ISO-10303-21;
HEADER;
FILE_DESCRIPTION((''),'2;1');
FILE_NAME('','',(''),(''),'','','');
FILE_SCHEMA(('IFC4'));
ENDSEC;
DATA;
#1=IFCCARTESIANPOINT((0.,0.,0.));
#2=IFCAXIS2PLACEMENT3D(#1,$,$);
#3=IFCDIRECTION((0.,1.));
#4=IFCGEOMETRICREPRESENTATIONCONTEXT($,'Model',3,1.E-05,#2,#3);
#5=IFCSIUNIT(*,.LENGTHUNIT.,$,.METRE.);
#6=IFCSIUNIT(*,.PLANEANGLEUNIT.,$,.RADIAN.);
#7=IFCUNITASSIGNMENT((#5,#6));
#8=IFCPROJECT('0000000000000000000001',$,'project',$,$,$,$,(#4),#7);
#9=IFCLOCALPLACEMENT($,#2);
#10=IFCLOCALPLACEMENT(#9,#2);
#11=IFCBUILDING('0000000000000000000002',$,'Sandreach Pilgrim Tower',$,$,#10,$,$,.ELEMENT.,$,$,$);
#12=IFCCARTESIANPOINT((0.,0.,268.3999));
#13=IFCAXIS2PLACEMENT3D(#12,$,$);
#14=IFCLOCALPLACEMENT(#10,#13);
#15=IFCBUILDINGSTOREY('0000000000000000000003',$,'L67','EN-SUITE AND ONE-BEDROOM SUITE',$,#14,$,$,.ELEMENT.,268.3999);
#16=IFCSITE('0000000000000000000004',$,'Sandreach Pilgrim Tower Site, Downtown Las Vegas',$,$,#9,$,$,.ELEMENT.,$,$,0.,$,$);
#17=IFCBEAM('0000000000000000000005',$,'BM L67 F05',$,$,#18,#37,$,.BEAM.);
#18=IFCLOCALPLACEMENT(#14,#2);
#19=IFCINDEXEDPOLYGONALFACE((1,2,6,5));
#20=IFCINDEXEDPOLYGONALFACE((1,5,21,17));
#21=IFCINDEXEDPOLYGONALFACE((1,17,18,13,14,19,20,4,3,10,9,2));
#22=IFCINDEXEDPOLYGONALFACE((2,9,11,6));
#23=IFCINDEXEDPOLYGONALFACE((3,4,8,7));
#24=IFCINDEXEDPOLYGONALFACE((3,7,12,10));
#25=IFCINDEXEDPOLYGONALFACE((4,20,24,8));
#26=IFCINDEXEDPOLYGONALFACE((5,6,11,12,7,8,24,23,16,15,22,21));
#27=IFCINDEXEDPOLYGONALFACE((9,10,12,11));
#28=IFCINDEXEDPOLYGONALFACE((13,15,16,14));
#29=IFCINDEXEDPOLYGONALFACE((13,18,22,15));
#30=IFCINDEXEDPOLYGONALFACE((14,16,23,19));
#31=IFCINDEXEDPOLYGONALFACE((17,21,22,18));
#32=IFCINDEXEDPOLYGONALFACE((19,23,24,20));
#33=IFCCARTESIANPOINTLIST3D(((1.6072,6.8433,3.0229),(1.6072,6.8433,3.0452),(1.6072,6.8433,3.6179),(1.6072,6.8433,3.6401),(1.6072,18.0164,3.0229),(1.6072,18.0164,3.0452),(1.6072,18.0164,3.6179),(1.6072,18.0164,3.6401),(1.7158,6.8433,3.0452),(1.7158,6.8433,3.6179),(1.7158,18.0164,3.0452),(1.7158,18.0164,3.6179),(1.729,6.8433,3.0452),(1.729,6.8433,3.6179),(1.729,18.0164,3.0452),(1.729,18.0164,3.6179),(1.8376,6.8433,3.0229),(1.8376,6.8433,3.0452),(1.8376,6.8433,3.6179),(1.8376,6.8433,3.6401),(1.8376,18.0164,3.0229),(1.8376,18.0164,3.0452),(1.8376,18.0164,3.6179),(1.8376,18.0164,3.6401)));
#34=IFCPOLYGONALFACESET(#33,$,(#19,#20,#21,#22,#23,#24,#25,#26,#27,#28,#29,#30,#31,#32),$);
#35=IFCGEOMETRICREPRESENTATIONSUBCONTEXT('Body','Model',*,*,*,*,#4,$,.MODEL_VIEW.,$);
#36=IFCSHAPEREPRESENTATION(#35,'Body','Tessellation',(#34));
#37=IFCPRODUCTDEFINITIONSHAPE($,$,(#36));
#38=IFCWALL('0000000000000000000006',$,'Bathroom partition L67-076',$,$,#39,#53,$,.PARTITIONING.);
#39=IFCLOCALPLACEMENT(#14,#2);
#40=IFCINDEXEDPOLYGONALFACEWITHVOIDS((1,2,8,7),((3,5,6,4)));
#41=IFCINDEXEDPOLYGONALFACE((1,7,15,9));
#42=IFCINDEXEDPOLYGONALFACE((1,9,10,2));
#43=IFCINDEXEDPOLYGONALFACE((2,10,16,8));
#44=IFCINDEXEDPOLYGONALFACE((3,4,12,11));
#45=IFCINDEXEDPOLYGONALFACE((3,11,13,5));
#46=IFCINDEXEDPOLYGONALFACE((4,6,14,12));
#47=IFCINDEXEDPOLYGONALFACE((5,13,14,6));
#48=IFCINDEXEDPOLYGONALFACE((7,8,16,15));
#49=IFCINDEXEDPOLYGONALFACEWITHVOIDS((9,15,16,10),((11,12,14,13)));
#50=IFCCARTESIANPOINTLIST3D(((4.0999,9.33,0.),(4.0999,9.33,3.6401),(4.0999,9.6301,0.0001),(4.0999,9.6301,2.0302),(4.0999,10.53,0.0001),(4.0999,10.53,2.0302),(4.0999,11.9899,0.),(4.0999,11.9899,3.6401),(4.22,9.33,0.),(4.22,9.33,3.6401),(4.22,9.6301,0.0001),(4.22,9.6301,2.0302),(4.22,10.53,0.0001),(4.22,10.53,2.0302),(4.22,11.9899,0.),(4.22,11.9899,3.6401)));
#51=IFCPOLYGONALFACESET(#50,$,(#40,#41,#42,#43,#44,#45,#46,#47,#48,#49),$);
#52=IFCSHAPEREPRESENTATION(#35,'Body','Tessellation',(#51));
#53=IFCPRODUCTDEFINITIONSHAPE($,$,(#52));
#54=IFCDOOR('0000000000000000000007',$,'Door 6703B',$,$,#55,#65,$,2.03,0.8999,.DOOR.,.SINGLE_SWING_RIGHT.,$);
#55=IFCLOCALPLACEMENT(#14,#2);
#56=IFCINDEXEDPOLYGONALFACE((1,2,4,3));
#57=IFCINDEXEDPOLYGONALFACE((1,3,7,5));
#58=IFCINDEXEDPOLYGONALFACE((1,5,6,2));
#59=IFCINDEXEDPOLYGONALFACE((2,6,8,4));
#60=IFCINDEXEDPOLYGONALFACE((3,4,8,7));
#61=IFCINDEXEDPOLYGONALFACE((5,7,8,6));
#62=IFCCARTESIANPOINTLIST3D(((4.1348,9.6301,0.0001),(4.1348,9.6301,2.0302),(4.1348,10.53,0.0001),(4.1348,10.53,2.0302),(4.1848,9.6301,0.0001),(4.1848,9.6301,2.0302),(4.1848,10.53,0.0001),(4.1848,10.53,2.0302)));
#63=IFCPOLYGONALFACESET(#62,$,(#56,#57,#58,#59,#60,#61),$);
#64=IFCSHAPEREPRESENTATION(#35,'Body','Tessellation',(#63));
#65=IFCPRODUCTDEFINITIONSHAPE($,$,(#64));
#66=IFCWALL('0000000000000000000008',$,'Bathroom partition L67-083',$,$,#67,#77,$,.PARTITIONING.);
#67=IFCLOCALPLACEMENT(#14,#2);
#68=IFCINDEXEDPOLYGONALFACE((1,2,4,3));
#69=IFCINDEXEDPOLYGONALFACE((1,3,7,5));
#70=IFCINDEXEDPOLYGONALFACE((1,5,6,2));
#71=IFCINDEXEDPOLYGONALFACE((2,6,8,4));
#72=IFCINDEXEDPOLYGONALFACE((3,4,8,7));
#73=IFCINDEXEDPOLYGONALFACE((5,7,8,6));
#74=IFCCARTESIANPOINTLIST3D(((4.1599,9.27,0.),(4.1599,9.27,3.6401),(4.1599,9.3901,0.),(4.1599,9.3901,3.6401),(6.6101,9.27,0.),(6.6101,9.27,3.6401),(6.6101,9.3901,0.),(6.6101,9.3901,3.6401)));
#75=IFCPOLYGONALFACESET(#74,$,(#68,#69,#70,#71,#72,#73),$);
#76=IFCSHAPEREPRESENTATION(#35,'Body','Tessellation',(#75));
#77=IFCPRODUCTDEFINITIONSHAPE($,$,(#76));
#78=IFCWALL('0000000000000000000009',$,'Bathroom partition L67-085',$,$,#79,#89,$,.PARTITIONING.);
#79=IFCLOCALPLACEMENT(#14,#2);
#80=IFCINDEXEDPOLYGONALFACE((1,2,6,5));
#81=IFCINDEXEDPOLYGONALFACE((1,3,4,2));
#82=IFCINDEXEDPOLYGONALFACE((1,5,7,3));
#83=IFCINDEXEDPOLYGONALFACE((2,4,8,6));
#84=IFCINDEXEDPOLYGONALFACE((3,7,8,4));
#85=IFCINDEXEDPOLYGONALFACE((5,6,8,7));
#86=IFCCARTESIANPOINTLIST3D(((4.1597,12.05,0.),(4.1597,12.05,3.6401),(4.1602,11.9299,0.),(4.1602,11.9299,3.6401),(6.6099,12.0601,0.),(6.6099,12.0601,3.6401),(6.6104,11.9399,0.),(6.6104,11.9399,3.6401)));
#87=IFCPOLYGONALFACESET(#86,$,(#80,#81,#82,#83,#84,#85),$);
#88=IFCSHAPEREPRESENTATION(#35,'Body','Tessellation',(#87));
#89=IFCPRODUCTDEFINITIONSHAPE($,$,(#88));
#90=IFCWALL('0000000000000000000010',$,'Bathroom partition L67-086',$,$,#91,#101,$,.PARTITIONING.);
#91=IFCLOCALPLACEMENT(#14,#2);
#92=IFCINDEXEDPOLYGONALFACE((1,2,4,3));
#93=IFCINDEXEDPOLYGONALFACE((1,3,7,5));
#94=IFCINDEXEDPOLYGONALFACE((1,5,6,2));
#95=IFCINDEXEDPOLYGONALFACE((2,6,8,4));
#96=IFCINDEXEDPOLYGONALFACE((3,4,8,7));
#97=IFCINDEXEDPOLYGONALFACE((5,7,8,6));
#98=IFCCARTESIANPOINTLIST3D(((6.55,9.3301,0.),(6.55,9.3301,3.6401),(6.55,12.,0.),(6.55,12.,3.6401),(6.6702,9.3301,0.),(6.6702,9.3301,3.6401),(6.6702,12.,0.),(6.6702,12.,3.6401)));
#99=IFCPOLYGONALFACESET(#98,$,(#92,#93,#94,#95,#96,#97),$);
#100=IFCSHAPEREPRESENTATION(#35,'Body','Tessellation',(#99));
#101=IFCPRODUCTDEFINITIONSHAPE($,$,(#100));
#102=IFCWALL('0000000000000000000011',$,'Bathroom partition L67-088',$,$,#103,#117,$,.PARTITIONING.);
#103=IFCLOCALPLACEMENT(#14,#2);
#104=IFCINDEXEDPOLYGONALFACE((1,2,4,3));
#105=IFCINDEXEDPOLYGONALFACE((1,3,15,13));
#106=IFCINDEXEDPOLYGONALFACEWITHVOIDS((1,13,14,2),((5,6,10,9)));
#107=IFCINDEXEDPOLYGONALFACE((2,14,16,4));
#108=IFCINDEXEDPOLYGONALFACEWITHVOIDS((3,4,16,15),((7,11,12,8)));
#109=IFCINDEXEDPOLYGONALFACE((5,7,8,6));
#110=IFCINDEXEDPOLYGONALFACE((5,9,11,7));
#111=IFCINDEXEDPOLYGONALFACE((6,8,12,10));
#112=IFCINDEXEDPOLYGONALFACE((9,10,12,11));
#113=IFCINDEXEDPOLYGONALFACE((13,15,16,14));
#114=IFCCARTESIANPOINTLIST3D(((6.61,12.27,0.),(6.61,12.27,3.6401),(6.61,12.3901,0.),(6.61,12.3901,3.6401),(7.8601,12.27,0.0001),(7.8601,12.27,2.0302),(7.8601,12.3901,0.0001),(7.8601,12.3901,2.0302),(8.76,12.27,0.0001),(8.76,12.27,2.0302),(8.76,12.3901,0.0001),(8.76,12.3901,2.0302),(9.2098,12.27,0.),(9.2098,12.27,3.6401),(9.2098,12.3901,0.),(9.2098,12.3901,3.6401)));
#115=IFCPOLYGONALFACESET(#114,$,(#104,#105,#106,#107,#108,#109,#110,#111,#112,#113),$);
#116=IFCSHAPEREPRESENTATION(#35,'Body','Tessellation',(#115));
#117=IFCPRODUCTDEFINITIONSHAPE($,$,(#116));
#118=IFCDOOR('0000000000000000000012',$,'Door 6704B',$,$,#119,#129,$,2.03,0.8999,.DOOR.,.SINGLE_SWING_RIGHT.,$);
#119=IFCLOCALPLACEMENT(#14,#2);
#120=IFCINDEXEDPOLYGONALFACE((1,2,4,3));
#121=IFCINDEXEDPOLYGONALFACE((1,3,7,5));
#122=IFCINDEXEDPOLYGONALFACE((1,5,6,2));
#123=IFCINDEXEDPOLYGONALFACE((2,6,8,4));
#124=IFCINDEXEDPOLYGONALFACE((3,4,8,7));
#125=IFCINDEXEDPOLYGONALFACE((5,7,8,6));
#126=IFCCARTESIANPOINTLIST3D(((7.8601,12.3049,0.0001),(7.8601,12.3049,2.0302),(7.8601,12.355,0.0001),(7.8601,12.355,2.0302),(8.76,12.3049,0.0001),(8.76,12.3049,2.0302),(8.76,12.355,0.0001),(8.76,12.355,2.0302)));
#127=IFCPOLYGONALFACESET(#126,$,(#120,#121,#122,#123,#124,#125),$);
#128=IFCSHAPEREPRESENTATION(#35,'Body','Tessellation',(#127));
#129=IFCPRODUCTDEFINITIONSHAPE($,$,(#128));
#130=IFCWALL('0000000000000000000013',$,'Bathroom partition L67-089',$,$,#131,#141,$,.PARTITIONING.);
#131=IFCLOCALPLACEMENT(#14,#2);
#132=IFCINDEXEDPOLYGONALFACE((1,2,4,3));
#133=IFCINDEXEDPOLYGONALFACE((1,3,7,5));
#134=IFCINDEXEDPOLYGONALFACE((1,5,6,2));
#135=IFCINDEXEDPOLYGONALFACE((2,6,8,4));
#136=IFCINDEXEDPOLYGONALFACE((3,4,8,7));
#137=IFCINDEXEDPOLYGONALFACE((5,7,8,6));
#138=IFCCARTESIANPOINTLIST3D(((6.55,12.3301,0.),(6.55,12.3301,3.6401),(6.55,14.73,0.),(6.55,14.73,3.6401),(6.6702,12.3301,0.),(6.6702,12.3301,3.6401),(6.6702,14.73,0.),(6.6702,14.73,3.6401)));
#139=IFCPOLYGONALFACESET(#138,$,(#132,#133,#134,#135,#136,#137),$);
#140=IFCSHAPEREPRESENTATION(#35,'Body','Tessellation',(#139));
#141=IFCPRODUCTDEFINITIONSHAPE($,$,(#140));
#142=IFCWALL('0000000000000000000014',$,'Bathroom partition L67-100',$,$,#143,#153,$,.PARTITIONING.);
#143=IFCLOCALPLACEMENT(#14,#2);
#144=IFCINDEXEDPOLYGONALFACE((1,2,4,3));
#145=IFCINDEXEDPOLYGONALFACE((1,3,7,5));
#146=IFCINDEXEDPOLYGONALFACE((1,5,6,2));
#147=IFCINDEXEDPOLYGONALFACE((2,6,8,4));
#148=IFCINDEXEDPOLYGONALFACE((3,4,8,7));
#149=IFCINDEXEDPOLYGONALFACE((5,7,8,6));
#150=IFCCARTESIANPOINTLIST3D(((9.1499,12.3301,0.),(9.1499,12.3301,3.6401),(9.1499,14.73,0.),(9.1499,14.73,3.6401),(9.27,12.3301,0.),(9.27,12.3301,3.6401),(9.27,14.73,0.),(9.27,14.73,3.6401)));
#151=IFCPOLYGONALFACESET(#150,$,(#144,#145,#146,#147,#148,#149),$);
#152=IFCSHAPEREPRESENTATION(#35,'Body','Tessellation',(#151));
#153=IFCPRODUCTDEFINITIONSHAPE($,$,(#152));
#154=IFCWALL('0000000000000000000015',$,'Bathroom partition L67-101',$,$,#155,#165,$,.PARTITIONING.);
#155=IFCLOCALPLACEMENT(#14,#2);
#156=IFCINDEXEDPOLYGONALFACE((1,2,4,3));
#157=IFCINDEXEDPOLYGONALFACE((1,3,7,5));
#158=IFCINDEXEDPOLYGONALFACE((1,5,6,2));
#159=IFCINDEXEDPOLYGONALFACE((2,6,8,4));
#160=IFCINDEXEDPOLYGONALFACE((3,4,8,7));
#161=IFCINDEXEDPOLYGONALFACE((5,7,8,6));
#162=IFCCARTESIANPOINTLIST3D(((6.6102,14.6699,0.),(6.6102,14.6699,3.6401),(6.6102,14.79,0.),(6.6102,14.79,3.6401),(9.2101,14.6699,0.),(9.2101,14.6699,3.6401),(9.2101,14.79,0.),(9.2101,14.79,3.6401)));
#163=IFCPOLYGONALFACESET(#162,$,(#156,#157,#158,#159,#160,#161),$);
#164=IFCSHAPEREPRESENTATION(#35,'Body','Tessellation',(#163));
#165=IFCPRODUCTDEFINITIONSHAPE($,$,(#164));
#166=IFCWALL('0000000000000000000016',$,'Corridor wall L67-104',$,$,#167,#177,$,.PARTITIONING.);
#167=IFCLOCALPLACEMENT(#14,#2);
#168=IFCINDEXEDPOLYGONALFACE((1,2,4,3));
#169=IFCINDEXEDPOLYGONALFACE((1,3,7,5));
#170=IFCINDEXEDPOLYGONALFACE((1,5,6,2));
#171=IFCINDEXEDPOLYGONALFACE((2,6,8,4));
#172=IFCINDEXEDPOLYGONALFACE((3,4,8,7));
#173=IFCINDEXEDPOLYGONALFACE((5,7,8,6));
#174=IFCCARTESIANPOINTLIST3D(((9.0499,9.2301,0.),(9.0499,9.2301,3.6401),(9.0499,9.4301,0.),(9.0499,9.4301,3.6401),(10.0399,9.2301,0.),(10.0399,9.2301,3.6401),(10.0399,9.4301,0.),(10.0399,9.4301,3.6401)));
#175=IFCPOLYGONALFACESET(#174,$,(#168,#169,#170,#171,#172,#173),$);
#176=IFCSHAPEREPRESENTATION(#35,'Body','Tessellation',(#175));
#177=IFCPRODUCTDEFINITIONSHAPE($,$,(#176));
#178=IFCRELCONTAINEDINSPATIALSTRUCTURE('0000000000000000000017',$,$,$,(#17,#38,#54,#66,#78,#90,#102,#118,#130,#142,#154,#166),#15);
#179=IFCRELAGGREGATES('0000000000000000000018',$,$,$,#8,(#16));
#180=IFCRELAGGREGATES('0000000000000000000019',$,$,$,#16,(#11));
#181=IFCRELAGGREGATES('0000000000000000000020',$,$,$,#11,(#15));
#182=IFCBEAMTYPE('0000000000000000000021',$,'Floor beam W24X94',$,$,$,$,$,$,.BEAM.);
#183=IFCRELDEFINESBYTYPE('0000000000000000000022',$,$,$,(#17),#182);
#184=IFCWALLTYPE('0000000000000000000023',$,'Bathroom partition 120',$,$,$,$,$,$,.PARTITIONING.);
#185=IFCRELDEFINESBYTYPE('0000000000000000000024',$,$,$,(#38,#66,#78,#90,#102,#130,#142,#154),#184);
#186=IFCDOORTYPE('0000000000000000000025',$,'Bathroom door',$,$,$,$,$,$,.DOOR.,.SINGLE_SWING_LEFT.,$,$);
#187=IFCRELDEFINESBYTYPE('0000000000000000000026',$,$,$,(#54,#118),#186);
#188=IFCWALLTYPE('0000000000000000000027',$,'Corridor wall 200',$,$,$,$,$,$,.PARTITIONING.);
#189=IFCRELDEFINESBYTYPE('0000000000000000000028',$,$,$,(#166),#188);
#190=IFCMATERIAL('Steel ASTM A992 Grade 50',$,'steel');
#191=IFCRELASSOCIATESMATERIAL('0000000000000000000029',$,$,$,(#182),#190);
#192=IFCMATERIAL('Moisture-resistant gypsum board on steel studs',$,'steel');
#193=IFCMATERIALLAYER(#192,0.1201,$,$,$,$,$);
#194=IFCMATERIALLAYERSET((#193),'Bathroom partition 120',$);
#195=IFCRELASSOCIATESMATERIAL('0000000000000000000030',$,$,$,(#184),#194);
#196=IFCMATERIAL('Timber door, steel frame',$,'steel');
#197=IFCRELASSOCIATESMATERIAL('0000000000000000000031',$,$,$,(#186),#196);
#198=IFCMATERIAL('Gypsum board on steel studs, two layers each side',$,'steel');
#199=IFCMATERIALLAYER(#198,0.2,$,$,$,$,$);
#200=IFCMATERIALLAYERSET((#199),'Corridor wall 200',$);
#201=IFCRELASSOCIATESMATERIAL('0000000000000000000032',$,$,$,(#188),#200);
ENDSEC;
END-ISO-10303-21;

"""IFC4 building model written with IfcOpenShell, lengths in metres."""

from ifc_helpers import new_model, si_unit, direction, frame, frame_2d, origin, origin_2d, place, context, subcontext, project, spatial, rectangle, i_section, extrude, material, layer, layer_set, material_profile, profile_set, type_object, element, fill, save


model = new_model("IFC4")

# Units and contexts
model_context = context("Model", 3, precision=1e-05, world=origin(), true_north=direction((0.0, 1.0)))
body_context = subcontext(model_context, "Body", "Model", "MODEL_VIEW")
ifc_project = project(units=[si_unit("LENGTHUNIT", "METRE"), si_unit("PLANEANGLEUNIT", "RADIAN")], contexts=[model_context])

# Site, building, storey
site_placement = place(None, origin())
site = spatial("IfcSite", under=ifc_project, at=site_placement, Name="Sandreach Pilgrim Tower Site, Downtown Las Vegas", CompositionType="ELEMENT", RefElevation=0.0)
building_placement = place(site_placement, origin())
building = spatial("IfcBuilding", under=site, at=building_placement, Name="Sandreach Pilgrim Tower", CompositionType="ELEMENT")
storey_placement = place(building_placement, frame((0.0, 0.0, 268.3999)))
storey = spatial("IfcBuildingStorey", under=building, at=storey_placement, Name="L67", Description="EN-SUITE AND ONE-BEDROOM SUITE", CompositionType="ELEMENT", Elevation=268.3999)

# Beam
ifc_material_1 = material(Name="Steel ASTM A992 Grade 50", Category="steel")
ifc_material_profile = material_profile(ifc_material_1, i_section(OverallWidth=0.2305, OverallDepth=0.6172, WebThickness=0.0132, FlangeThickness=0.0222, at=origin_2d()), Name="W24X94")
ifc_profile_set = profile_set([ifc_material_profile], Name="Steel ASTM A992 Grade 50")
beam_type = type_object("IfcBeamType", Name="Floor beam W24X94", PredefinedType="BEAM", material=ifc_profile_set)
beam_placement = place(storey_placement, frame((1.7224, 18.0164, 3.3315), z_axis=(0.0, -1.0, 0.0), x_axis=(1.0, 0.0, 0.0)))
element("IfcBeam", 1, at=beam_placement, inside=storey, type_object=beam_type, Name="BM L67 F05", PredefinedType="BEAM", context=body_context, shape_type="SweptSolid", body=[
    extrude(i_section(OverallWidth=0.2305, OverallDepth=0.6172, WebThickness=0.0132, FlangeThickness=0.0222, at=origin_2d()), origin(), (0.0, 0.0, 1.0), 11.1731),
])

# Wall, opening, door
ifc_material_2 = material(Name="Moisture-resistant gypsum board on steel studs", Category="steel")
ifc_layer_1 = layer(ifc_material_2, 0.1201)
ifc_layer_set_1 = layer_set([ifc_layer_1], Name="Bathroom partition 120")
wall_type_1 = type_object("IfcWallType", Name="Bathroom partition 120", PredefinedType="PARTITIONING", material=ifc_layer_set_1)
wall_1_placement = place(storey_placement, frame((4.1599, 11.99, 0.0), z_axis=(0.0, 0.0, 1.0), x_axis=(0.0, -1.0, 0.0)))
wall_1 = element("IfcWall", 2, at=wall_1_placement, inside=storey, type_object=wall_type_1, Name="Bathroom partition L67-076", PredefinedType="PARTITIONING", context=body_context, shape_type="SweptSolid", body=[
    extrude(rectangle(XDim=2.6599, YDim=0.1201, at=frame_2d((1.3301, 0.0))), origin(), (0.0, 0.0, 1.0), 3.6401),
])
opening_1_placement = place(wall_1_placement, frame((1.46, 0.0, 0.0)))
opening_1 = element("IfcOpeningElement", 3, at=opening_1_placement, cuts=wall_1, PredefinedType="OPENING", context=body_context, shape_type="SweptSolid", body=[
    extrude(rectangle(XDim=0.8999, YDim=2.03, at=frame_2d((0.45, 1.0151))), frame((0.0, 0.0601, 0.0), z_axis=(0.0, -1.0, 0.0), x_axis=(1.0, 0.0, 0.0)), (0.0, 0.0, 1.0), 0.1201),
])
ifc_material_3 = material(Name="Timber door, steel frame", Category="steel")
door_type_1 = type_object("IfcDoorType", Name="Bathroom door", OperationType="SINGLE_SWING_LEFT", PredefinedType="DOOR", material=ifc_material_3)
door_1_placement = place(opening_1_placement, origin())
door_1 = element("IfcDoor", 4, at=door_1_placement, inside=storey, type_object=door_type_1, Name="Door 6703B", OperationType="SINGLE_SWING_RIGHT", OverallHeight=2.03, OverallWidth=0.8999, PredefinedType="DOOR", context=body_context, shape_type="SweptSolid", body=[
    extrude(rectangle(XDim=0.8999, YDim=2.03, at=frame_2d((0.45, 1.0151))), frame((0.0, 0.0249, 0.0), z_axis=(0.0, -1.0, 0.0), x_axis=(1.0, 0.0, 0.0)), (0.0, 0.0, 1.0), 0.05),
])
fill(opening_1, door_1)

# Walls
for number, where, z_axis, x_axis, name in (
    (5, (6.6101, 9.3301, 0.0), (0.0, 0.0, 1.0), (-1.0, 0.0, 0.0), "Bathroom partition L67-083"),
    (6, (6.6101, 12.0, 0.0), (0.0, 0.0, 1.0), (-0.999992, -0.004085, 0.0), "Bathroom partition L67-085"),
):
    element("IfcWall", number, at=place(storey_placement, frame(where, z_axis=z_axis, x_axis=x_axis)), inside=storey, type_object=wall_type_1, Name=name, PredefinedType="PARTITIONING", context=body_context, shape_type="SweptSolid", body=[
        extrude(rectangle(XDim=2.4502, YDim=0.1201, at=frame_2d((1.2251, 0.0))), origin(), (0.0, 0.0, 1.0), 3.6401),
    ])
wall_2_placement = place(storey_placement, frame((6.6101, 12.0, 0.0), z_axis=(0.0, 0.0, 1.0), x_axis=(0.0, -1.0, 0.0)))
element("IfcWall", 7, at=wall_2_placement, inside=storey, type_object=wall_type_1, Name="Bathroom partition L67-086", PredefinedType="PARTITIONING", context=body_context, shape_type="SweptSolid", body=[
    extrude(rectangle(XDim=2.6699, YDim=0.1201, at=frame_2d((1.335, 0.0))), origin(), (0.0, 0.0, 1.0), 3.6401),
])

# Wall, opening, door
wall_3_placement = place(storey_placement, frame((6.6101, 12.3301, 0.0), z_axis=(0.0, 0.0, 1.0), x_axis=(1.0, 0.0, 0.0)))
wall_3 = element("IfcWall", 8, at=wall_3_placement, inside=storey, type_object=wall_type_1, Name="Bathroom partition L67-088", PredefinedType="PARTITIONING", context=body_context, shape_type="SweptSolid", body=[
    extrude(rectangle(XDim=2.5999, YDim=0.1201, at=frame_2d((1.2998, 0.0))), origin(), (0.0, 0.0, 1.0), 3.6401),
])
opening_2_placement = place(wall_3_placement, frame((1.25, 0.0, 0.0)))
opening_2 = element("IfcOpeningElement", 9, at=opening_2_placement, cuts=wall_3, PredefinedType="OPENING", context=body_context, shape_type="SweptSolid", body=[
    extrude(rectangle(XDim=0.8999, YDim=2.03, at=frame_2d((0.45, 1.0151))), frame((0.0, 0.0601, 0.0), z_axis=(0.0, -1.0, 0.0), x_axis=(1.0, 0.0, 0.0)), (0.0, 0.0, 1.0), 0.1201),
])
door_2_placement = place(opening_2_placement, origin())
door_2 = element("IfcDoor", 10, at=door_2_placement, inside=storey, type_object=door_type_1, Name="Door 6704B", OperationType="SINGLE_SWING_RIGHT", OverallHeight=2.03, OverallWidth=0.8999, PredefinedType="DOOR", context=body_context, shape_type="SweptSolid", body=[
    extrude(rectangle(XDim=0.8999, YDim=2.03, at=frame_2d((0.45, 1.0151))), frame((0.0, 0.0249, 0.0), z_axis=(0.0, -1.0, 0.0), x_axis=(1.0, 0.0, 0.0)), (0.0, 0.0, 1.0), 0.05),
])
fill(opening_2, door_2)

# Walls
for number, where, z_axis, x_axis, name in (
    (11, (6.6101, 14.73, 0.0), (0.0, 0.0, 1.0), (0.0, -1.0, 0.0), "Bathroom partition L67-089"),
    (12, (9.21, 12.3301, 0.0), (0.0, 0.0, 1.0), (0.0, 1.0, 0.0), "Bathroom partition L67-100"),
):
    element("IfcWall", number, at=place(storey_placement, frame(where, z_axis=z_axis, x_axis=x_axis)), inside=storey, type_object=wall_type_1, Name=name, PredefinedType="PARTITIONING", context=body_context, shape_type="SweptSolid", body=[
        extrude(rectangle(XDim=2.3999, YDim=0.1201, at=frame_2d((1.2, 0.0))), origin(), (0.0, 0.0, 1.0), 3.6401),
    ])
wall_4_placement = place(storey_placement, frame((9.21, 14.73, 0.0), z_axis=(0.0, 0.0, 1.0), x_axis=(-1.0, 0.0, 0.0)))
element("IfcWall", 13, at=wall_4_placement, inside=storey, type_object=wall_type_1, Name="Bathroom partition L67-101", PredefinedType="PARTITIONING", context=body_context, shape_type="SweptSolid", body=[
    extrude(rectangle(XDim=2.5999, YDim=0.1201, at=frame_2d((1.2998, 0.0))), origin(), (0.0, 0.0, 1.0), 3.6401),
])

# Shared definitions
ifc_material_4 = material(Name="Gypsum board on steel studs, two layers each side", Category="steel")
ifc_layer_2 = layer(ifc_material_4, 0.2)
ifc_layer_set_2 = layer_set([ifc_layer_2], Name="Corridor wall 200")
wall_type_2 = type_object("IfcWallType", Name="Corridor wall 200", PredefinedType="PARTITIONING", material=ifc_layer_set_2)

# Wall
wall_5_placement = place(storey_placement, frame((10.04, 9.3301, 0.0), z_axis=(0.0, 0.0, 1.0), x_axis=(-1.0, 0.0, 0.0)))
element("IfcWall", 14, at=wall_5_placement, inside=storey, type_object=wall_type_2, Name="Corridor wall L67-104", PredefinedType="PARTITIONING", context=body_context, shape_type="SweptSolid", body=[
    extrude(rectangle(XDim=0.99, YDim=0.2, at=frame_2d((0.4951, 0.0))), origin(), (0.0, 0.0, 1.0), 3.6401),
])

save(model, "model.ifc")
